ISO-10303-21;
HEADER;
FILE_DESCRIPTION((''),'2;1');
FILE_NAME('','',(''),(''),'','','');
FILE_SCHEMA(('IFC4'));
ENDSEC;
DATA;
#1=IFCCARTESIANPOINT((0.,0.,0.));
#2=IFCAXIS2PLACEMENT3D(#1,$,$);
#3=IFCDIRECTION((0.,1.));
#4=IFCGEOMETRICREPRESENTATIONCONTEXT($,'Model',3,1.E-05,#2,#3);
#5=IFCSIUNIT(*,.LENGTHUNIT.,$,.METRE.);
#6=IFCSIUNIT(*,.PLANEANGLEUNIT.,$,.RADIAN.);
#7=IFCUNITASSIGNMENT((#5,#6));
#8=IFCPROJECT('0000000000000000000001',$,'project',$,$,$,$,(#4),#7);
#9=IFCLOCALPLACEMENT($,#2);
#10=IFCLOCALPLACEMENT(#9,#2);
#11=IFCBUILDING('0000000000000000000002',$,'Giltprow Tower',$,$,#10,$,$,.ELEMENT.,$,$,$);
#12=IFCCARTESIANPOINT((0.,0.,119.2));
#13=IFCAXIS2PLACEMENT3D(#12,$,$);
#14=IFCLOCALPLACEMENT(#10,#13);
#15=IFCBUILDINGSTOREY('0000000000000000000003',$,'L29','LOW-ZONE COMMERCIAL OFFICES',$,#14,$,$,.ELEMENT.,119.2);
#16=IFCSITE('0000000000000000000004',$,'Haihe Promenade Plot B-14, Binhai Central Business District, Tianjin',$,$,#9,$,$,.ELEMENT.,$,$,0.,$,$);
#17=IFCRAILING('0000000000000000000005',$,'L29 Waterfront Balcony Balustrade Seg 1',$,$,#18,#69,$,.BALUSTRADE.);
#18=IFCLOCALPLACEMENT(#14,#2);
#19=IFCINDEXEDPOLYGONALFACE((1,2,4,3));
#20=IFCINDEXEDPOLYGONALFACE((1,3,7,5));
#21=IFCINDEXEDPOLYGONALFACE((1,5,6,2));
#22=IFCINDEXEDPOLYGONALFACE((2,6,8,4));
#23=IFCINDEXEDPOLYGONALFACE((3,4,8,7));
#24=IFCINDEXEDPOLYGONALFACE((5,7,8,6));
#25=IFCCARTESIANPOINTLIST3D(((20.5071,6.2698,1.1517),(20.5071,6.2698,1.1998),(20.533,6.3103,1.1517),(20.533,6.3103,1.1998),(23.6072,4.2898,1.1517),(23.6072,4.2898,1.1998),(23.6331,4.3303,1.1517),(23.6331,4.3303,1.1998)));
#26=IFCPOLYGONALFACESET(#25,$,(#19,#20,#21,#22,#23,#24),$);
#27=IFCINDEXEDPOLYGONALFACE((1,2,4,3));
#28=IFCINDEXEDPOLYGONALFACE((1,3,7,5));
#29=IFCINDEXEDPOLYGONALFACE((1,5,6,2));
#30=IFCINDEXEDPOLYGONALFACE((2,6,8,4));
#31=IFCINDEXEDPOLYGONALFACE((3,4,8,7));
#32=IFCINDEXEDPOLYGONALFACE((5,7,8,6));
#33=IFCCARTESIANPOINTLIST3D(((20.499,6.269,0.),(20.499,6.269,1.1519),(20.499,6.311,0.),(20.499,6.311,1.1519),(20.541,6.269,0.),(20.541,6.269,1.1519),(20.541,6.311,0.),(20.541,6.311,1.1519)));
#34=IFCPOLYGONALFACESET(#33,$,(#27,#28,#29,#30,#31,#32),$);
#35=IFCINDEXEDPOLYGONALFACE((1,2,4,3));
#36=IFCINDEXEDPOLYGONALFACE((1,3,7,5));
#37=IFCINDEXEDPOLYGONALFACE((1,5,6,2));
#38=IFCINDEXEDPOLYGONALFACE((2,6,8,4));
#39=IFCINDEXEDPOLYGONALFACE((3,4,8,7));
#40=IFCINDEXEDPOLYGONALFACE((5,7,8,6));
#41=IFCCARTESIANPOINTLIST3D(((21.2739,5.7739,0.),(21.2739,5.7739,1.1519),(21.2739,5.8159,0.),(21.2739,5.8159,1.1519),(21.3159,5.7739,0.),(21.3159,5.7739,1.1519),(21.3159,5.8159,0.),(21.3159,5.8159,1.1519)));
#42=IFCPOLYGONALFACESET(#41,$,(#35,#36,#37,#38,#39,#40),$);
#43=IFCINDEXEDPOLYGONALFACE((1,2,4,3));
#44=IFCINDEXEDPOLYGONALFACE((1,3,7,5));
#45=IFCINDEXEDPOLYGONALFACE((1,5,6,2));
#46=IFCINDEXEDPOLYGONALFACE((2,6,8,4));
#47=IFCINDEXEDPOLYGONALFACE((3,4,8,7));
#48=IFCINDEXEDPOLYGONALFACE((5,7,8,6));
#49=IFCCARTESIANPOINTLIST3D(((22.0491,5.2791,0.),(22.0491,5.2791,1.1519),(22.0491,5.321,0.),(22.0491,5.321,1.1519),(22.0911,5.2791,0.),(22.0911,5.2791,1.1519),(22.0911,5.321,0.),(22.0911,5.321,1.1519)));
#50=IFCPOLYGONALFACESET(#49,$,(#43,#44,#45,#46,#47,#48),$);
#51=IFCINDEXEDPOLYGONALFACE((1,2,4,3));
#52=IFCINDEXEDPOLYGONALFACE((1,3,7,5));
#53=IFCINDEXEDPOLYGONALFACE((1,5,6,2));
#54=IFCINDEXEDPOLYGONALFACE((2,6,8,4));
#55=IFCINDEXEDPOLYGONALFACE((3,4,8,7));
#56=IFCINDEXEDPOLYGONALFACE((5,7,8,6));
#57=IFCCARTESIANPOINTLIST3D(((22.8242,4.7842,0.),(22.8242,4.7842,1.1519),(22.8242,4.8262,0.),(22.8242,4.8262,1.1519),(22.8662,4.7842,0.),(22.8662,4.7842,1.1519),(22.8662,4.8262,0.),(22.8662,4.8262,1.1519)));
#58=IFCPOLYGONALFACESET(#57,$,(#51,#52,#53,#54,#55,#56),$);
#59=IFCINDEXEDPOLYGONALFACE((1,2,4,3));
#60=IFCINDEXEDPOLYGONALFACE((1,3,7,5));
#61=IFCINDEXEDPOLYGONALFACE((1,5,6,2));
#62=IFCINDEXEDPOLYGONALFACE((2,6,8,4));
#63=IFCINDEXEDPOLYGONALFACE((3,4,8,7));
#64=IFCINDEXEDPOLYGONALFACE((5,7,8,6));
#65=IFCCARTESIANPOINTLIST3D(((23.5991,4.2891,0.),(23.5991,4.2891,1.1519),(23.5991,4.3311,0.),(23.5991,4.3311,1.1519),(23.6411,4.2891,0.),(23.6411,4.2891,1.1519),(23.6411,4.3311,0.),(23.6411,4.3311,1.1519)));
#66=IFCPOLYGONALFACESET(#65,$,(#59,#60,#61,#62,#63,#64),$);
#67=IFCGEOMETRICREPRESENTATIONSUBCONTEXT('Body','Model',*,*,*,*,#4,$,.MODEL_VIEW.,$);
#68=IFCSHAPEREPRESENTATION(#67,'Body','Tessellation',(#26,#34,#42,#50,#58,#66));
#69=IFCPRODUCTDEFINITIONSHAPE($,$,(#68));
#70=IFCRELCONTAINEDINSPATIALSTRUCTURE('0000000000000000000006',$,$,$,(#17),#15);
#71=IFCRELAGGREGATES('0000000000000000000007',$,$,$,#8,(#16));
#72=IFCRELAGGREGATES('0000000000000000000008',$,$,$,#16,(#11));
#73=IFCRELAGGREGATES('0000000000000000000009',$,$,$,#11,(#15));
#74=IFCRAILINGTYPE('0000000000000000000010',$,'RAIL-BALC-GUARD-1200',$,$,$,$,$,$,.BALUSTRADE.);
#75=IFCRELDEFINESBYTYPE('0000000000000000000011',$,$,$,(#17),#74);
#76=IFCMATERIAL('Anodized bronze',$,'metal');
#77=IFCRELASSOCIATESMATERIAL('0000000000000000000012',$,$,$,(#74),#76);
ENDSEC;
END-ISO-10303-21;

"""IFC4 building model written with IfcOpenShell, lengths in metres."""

from ifc_helpers import new_model, si_unit, direction, frame, origin, origin_2d, place, context, subcontext, project, spatial, rectangle, extrude, material, type_object, element, save


model = new_model("IFC4")

# Units and contexts
model_context = context("Model", 3, precision=1e-05, world=origin(), true_north=direction((0.0, 1.0)))
body_context = subcontext(model_context, "Body", "Model", "MODEL_VIEW")
ifc_project = project(units=[si_unit("LENGTHUNIT", "METRE"), si_unit("PLANEANGLEUNIT", "RADIAN")], contexts=[model_context])

# Site, building, storey
site_placement = place(None, origin())
site = spatial("IfcSite", under=ifc_project, at=site_placement, Name="Haihe Promenade Plot B-14, Binhai Central Business District, Tianjin", CompositionType="ELEMENT", RefElevation=0.0)
building_placement = place(site_placement, origin())
building = spatial("IfcBuilding", under=site, at=building_placement, Name="Giltprow Tower", CompositionType="ELEMENT")
storey_placement = place(building_placement, frame((0.0, 0.0, 119.2)))
storey = spatial("IfcBuildingStorey", under=building, at=storey_placement, Name="L29", Description="LOW-ZONE COMMERCIAL OFFICES", CompositionType="ELEMENT", Elevation=119.2)

# Railing
ifc_material_1 = material(Name="Anodized bronze", Category="metal")
railing_type = type_object("IfcRailingType", Name="RAIL-BALC-GUARD-1200", PredefinedType="BALUSTRADE", material=ifc_material_1)
railing_1_placement = place(storey_placement, frame((20.52, 6.29, 0.0)))
element("IfcRailing", 1, at=railing_1_placement, inside=storey, type_object=railing_type, Name="L29 Waterfront Balcony Balustrade Seg 1", PredefinedType="BALUSTRADE", context=body_context, shape_type="SweptSolid", body=[
    extrude(rectangle(XDim=0.0481, YDim=0.0481, at=origin_2d()), frame((0.0, 0.0, 1.1758), z_axis=(0.842775, -0.538266, 0.0), x_axis=(0.538266, 0.842775, 0.0)), (0.0, 0.0, 1.0), 3.6785),
    extrude(rectangle(XDim=0.042, YDim=0.042, at=origin_2d()), origin(), (0.0, 0.0, 1.0), 1.1519),
    extrude(rectangle(XDim=0.042, YDim=0.042, at=origin_2d()), frame((0.7749, -0.4951, 0.0)), (0.0, 0.0, 1.0), 1.1519),
    extrude(rectangle(XDim=0.042, YDim=0.042, at=origin_2d()), frame((1.55, -0.99, 0.0)), (0.0, 0.0, 1.0), 1.1519),
    extrude(rectangle(XDim=0.042, YDim=0.042, at=origin_2d()), frame((2.3252, -1.4849, 0.0)), (0.0, 0.0, 1.0), 1.1519),
    extrude(rectangle(XDim=0.042, YDim=0.042, at=origin_2d()), frame((3.1001, -1.98, 0.0)), (0.0, 0.0, 1.0), 1.1519),
])

save(model, "model.ifc")
